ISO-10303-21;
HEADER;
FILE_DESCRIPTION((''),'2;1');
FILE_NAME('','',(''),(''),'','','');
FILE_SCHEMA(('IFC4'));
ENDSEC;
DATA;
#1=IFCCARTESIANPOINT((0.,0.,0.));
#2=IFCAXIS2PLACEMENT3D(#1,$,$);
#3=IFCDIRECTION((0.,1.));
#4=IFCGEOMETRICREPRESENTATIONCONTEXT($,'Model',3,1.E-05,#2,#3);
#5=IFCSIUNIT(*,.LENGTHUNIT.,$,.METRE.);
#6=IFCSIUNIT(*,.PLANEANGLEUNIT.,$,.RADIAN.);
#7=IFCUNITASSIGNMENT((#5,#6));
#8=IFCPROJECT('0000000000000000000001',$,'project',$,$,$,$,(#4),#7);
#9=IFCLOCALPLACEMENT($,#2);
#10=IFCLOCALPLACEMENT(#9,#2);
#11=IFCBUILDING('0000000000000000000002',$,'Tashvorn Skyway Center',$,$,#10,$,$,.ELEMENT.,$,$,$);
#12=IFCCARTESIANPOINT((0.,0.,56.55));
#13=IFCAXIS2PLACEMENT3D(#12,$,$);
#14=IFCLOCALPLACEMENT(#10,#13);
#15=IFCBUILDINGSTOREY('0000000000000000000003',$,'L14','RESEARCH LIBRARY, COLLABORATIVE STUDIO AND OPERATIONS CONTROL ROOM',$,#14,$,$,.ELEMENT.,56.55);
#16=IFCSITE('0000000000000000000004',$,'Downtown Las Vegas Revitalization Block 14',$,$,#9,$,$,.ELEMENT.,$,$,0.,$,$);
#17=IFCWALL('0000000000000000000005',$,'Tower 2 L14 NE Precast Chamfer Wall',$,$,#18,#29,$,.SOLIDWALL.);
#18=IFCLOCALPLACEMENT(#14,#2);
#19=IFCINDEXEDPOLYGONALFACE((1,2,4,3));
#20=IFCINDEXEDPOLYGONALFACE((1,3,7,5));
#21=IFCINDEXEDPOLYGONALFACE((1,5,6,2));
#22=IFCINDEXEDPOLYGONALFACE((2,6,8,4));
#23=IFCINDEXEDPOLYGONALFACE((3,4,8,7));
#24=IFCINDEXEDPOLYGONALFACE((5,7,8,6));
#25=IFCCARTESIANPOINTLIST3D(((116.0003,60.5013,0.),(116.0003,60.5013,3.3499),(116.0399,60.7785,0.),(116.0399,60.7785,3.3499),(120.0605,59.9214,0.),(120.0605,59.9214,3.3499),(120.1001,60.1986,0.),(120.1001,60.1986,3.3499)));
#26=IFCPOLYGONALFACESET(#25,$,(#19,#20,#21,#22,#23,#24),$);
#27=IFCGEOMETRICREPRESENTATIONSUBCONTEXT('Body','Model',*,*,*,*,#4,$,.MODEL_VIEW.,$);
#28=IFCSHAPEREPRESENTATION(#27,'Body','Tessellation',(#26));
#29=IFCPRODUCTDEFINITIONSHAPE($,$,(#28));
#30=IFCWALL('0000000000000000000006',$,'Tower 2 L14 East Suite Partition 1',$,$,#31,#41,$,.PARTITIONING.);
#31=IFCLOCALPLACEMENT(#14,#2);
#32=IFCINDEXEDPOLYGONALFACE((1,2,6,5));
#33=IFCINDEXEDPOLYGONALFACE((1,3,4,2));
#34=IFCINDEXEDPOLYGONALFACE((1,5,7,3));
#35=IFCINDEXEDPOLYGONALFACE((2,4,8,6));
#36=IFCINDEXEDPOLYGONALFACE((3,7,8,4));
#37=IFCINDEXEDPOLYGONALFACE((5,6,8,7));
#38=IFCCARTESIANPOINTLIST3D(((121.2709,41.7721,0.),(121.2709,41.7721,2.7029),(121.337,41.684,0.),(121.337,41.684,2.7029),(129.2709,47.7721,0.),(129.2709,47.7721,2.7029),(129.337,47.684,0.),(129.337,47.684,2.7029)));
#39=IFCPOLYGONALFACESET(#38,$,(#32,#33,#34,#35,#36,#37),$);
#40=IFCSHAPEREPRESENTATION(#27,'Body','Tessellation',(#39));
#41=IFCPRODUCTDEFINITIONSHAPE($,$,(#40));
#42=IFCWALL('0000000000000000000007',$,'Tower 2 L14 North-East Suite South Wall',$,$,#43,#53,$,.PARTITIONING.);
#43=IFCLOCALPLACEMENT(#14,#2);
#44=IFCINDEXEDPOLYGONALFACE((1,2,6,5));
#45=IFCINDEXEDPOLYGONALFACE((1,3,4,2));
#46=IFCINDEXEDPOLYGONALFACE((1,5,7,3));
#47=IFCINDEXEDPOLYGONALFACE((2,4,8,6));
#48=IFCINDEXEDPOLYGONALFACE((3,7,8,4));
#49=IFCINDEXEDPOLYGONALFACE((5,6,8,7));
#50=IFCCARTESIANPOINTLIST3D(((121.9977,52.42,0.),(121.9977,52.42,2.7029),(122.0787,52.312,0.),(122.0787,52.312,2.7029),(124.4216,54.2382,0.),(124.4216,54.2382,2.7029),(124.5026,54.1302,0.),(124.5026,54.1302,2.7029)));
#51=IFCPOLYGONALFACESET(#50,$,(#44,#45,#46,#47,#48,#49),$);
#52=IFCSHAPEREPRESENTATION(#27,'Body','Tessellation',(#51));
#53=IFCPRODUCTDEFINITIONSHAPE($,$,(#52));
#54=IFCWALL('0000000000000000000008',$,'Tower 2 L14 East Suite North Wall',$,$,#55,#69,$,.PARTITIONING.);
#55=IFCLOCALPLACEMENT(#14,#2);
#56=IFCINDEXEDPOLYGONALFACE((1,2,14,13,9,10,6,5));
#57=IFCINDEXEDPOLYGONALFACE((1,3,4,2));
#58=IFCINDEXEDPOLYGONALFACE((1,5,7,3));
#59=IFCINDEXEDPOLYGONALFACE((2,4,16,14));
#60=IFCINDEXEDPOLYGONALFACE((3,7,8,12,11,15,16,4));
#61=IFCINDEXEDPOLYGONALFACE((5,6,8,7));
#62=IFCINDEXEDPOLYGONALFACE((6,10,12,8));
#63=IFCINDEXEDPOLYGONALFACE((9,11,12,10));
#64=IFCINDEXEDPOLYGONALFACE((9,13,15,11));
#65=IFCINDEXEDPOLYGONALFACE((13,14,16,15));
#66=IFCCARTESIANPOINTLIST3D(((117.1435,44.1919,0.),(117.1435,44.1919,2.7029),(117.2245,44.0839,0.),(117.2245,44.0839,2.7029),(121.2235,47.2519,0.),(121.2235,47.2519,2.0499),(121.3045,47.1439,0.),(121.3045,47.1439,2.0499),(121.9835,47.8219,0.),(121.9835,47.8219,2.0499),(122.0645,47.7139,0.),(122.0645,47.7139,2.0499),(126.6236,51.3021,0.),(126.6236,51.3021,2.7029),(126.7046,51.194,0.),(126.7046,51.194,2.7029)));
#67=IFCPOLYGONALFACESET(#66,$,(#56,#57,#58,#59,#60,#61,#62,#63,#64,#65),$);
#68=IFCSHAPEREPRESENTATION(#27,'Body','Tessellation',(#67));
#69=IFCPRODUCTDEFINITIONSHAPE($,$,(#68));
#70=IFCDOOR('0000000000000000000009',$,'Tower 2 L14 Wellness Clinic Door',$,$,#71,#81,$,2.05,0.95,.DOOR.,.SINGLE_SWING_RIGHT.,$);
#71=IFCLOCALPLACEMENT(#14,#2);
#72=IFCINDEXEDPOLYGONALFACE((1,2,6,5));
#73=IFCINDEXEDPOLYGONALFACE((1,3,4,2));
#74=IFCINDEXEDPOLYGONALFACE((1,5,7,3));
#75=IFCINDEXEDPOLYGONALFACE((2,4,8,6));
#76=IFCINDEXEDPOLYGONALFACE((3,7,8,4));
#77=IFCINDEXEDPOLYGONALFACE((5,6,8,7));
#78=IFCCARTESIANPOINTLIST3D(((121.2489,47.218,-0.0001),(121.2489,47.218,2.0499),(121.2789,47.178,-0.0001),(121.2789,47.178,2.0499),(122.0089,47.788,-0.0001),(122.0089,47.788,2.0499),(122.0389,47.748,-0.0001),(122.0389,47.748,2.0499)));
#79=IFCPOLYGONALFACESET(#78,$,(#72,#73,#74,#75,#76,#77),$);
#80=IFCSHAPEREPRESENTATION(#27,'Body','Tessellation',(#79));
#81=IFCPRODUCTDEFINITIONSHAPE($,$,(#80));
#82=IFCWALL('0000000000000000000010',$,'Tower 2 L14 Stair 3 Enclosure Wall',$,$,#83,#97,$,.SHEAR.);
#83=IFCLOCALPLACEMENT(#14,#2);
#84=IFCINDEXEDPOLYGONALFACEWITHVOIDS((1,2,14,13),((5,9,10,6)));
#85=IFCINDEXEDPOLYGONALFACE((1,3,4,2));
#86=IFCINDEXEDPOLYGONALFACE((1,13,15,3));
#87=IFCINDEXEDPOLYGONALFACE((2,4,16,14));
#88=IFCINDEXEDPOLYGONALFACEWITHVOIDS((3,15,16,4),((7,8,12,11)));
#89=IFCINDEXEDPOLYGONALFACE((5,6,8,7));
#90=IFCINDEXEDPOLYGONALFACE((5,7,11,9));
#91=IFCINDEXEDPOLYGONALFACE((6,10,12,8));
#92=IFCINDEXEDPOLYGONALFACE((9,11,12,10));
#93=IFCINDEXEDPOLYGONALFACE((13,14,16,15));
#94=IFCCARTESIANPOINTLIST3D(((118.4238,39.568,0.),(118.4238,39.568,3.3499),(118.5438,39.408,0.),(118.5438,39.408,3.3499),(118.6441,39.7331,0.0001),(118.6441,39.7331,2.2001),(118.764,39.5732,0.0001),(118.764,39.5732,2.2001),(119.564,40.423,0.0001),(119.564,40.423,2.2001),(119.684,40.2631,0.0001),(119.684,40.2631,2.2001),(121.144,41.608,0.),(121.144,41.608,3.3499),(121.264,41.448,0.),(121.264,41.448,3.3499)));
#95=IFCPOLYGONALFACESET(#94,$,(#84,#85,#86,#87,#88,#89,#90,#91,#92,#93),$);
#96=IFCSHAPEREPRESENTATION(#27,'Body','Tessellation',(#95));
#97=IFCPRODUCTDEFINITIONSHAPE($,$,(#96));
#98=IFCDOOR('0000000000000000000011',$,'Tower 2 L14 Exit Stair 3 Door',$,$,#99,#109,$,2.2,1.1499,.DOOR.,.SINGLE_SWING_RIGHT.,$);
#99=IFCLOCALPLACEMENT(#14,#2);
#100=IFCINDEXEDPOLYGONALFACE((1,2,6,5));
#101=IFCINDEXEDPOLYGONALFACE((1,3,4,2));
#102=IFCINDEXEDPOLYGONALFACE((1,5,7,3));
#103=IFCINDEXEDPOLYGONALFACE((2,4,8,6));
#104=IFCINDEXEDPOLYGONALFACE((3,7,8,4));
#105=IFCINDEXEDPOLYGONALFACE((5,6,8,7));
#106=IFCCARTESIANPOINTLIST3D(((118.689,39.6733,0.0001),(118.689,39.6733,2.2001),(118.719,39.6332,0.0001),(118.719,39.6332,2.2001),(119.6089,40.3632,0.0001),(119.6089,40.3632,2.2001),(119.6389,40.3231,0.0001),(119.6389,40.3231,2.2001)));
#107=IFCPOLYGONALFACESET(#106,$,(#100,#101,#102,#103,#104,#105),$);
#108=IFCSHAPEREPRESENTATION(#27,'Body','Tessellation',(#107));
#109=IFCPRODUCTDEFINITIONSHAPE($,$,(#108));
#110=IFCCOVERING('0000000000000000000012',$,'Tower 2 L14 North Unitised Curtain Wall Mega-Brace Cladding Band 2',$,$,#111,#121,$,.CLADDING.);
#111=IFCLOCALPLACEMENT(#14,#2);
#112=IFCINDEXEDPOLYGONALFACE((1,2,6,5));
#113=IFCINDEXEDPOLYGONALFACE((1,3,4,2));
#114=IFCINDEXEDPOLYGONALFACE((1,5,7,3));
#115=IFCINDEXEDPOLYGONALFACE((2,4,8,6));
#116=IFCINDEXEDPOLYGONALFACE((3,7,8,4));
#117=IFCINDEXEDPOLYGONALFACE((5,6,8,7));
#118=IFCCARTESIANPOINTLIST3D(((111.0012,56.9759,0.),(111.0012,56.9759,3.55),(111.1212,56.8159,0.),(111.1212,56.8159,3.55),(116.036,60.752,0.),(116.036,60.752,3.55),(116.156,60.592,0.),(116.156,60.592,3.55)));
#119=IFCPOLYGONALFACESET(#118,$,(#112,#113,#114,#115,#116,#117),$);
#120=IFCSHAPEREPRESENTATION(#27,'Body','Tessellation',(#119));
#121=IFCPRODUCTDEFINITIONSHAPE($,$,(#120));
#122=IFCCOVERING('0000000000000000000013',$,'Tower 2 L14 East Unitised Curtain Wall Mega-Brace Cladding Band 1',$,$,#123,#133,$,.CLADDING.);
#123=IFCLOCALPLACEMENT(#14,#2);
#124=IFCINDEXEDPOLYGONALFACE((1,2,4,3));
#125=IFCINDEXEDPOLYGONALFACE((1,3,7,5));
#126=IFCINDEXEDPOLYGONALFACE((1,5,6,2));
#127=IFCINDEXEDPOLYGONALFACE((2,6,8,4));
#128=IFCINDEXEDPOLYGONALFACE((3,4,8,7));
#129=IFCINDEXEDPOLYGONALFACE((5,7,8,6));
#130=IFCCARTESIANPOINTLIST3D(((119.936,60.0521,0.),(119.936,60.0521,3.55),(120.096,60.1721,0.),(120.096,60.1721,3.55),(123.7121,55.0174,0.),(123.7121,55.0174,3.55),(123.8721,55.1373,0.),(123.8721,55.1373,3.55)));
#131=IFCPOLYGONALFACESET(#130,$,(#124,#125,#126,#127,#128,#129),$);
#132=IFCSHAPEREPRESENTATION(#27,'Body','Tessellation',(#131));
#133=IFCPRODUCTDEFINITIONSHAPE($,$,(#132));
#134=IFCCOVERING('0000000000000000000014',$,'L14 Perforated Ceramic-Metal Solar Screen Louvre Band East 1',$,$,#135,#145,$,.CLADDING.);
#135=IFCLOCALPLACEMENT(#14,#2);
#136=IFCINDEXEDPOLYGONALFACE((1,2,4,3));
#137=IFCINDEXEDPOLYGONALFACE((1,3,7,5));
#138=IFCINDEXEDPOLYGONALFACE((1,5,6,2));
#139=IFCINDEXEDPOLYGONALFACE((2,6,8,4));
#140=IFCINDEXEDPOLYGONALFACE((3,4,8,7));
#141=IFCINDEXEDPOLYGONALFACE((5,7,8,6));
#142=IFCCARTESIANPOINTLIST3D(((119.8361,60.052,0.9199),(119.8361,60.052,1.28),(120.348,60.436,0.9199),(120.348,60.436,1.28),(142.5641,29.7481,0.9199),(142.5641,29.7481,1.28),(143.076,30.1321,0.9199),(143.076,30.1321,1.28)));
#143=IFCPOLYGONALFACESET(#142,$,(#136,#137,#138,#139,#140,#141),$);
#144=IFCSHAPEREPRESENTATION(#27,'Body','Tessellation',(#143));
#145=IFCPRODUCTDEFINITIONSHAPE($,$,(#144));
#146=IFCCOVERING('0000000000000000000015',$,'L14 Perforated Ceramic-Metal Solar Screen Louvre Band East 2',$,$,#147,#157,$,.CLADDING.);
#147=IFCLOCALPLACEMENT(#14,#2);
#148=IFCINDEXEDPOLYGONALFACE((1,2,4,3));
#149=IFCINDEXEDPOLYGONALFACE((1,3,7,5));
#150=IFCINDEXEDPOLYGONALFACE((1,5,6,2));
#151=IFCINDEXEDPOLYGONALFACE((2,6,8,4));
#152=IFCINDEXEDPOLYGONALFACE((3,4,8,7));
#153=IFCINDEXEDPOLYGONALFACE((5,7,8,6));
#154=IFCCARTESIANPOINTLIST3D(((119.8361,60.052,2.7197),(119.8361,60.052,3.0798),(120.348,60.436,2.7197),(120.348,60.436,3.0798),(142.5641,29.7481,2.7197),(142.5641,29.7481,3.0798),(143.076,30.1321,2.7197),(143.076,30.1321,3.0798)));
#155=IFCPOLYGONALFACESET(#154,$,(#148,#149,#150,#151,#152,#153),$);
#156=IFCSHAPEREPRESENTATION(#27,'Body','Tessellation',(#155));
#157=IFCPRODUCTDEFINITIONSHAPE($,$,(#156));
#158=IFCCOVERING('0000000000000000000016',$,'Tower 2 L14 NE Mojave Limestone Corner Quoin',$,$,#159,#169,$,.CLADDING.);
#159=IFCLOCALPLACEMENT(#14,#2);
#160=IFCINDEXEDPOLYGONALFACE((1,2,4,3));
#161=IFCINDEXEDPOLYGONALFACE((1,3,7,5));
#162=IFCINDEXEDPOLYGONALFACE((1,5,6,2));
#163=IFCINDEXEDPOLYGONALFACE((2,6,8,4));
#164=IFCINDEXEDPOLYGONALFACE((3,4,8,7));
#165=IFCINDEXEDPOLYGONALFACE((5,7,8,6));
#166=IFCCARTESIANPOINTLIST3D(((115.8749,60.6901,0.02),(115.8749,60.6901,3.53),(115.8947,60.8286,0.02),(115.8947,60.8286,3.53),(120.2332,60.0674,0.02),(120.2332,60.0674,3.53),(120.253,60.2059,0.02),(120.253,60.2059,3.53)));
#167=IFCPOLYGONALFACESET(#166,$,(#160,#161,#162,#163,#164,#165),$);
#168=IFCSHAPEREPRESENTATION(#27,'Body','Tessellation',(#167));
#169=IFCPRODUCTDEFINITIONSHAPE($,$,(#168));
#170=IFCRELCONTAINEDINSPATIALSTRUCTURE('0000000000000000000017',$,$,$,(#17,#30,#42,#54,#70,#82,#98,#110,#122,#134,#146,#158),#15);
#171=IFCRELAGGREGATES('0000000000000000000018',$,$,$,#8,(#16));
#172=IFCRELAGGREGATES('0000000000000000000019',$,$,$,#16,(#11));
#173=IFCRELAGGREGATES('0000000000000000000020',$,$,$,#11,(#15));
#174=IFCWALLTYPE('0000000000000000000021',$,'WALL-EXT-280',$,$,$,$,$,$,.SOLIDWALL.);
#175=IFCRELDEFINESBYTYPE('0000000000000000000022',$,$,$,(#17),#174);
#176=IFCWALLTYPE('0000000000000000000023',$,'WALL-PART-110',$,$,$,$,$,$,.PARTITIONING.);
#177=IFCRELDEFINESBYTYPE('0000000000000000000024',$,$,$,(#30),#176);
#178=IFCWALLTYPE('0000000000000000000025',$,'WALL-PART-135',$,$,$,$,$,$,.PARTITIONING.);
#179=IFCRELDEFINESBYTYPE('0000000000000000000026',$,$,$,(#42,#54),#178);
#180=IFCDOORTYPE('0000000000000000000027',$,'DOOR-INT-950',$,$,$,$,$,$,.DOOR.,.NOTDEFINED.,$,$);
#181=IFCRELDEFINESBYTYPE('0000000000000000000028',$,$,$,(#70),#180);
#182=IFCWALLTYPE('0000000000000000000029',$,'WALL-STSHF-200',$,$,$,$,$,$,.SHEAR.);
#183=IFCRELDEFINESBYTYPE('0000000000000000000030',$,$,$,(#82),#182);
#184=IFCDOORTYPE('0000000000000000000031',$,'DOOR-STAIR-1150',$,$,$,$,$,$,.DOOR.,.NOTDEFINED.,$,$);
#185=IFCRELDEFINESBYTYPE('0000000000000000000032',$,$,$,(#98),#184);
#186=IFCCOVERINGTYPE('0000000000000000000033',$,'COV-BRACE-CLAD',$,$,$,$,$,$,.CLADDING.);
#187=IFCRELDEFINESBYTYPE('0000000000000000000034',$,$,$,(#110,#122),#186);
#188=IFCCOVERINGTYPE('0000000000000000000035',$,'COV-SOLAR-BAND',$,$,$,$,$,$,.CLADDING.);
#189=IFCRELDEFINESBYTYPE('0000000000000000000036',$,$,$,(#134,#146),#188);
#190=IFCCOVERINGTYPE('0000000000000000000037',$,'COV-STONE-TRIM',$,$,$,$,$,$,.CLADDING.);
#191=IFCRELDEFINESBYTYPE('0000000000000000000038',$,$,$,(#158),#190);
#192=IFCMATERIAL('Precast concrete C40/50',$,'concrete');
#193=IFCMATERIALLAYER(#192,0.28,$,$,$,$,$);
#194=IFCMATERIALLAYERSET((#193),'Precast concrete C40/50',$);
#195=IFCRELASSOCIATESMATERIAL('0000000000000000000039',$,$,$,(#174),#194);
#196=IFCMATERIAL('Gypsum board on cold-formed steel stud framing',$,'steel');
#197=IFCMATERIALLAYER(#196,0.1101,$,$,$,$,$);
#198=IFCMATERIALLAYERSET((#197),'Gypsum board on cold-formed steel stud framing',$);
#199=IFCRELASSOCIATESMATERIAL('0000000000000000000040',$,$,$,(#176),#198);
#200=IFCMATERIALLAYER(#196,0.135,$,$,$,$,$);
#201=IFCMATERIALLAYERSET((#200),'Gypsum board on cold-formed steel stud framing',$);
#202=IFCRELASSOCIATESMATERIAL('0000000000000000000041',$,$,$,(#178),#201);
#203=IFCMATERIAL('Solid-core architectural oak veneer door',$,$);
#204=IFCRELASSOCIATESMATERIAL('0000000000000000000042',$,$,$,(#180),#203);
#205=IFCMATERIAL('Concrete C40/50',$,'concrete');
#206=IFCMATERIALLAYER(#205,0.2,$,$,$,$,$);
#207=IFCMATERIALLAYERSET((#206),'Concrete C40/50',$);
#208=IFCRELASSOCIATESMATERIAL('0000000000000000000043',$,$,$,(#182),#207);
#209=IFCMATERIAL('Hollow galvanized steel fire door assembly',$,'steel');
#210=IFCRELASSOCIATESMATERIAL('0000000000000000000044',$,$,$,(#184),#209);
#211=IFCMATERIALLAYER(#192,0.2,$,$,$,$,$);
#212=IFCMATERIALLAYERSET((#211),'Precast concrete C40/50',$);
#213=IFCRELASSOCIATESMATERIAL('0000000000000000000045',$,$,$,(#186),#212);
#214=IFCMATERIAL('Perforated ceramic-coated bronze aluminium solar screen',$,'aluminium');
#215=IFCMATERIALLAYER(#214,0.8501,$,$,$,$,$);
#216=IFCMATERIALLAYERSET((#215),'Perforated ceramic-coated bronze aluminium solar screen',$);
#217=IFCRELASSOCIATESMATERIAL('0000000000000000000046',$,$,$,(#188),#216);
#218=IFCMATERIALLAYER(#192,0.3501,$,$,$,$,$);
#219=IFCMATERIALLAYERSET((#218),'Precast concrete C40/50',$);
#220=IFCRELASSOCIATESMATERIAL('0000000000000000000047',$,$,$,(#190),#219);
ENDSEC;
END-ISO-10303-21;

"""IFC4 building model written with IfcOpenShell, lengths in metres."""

from ifc_helpers import new_model, si_unit, direction, frame, frame_2d, origin, origin_2d, place, context, subcontext, project, spatial, rectangle, extrude, material, layer, layer_set, type_object, element, fill, save


model = new_model("IFC4")

# Units and contexts
model_context = context("Model", 3, precision=1e-05, world=origin(), true_north=direction((0.0, 1.0)))
body_context = subcontext(model_context, "Body", "Model", "MODEL_VIEW")
ifc_project = project(units=[si_unit("LENGTHUNIT", "METRE"), si_unit("PLANEANGLEUNIT", "RADIAN")], contexts=[model_context])

# Site, building, storey
site_placement = place(None, origin())
site = spatial("IfcSite", under=ifc_project, at=site_placement, Name="Downtown Las Vegas Revitalization Block 14", CompositionType="ELEMENT", RefElevation=0.0)
building_placement = place(site_placement, origin())
building = spatial("IfcBuilding", under=site, at=building_placement, Name="Tashvorn Skyway Center", CompositionType="ELEMENT")
storey_placement = place(building_placement, frame((0.0, 0.0, 56.55)))
storey = spatial("IfcBuildingStorey", under=building, at=storey_placement, Name="L14", Description="RESEARCH LIBRARY, COLLABORATIVE STUDIO AND OPERATIONS CONTROL ROOM", CompositionType="ELEMENT", Elevation=56.55)

# Walls
ifc_material_1 = material(Name="Precast concrete C40/50", Category="concrete")
ifc_layer_1 = layer(ifc_material_1, 0.28)
ifc_layer_set_1 = layer_set([ifc_layer_1], Name="Precast concrete C40/50")
wall_type_1 = type_object("IfcWallType", Name="WALL-EXT-280", PredefinedType="SOLIDWALL", material=ifc_layer_set_1)
wall_1_placement = place(storey_placement, frame((116.02, 60.6399, 0.0), z_axis=(0.0, 0.0, 1.0), x_axis=(0.989955, -0.14138, 0.0)))
element("IfcWall", 1, at=wall_1_placement, inside=storey, type_object=wall_type_1, Name="Tower 2 L14 NE Precast Chamfer Wall", PredefinedType="SOLIDWALL", context=body_context, shape_type="SweptSolid", body=[
    extrude(rectangle(XDim=4.1013, YDim=0.28, at=frame_2d((2.0508, 0.0))), origin(), (0.0, 0.0, 1.0), 3.3499),
])
ifc_material_2 = material(Name="Gypsum board on cold-formed steel stud framing", Category="steel")
ifc_layer_2 = layer(ifc_material_2, 0.1101)
ifc_layer_set_2 = layer_set([ifc_layer_2], Name="Gypsum board on cold-formed steel stud framing")
wall_type_2 = type_object("IfcWallType", Name="WALL-PART-110", PredefinedType="PARTITIONING", material=ifc_layer_set_2)
wall_2_placement = place(storey_placement, frame((129.304, 47.728, 0.0), z_axis=(0.0, 0.0, 1.0), x_axis=(-0.8, -0.6, 0.0)))
element("IfcWall", 2, at=wall_2_placement, inside=storey, type_object=wall_type_2, Name="Tower 2 L14 East Suite Partition 1", PredefinedType="PARTITIONING", context=body_context, shape_type="SweptSolid", body=[
    extrude(rectangle(XDim=10.0, YDim=0.1101, at=frame_2d((5.0, 0.0))), origin(), (0.0, 0.0, 1.0), 2.7029),
])
ifc_layer_3 = layer(ifc_material_2, 0.135)
ifc_layer_set_3 = layer_set([ifc_layer_3], Name="Gypsum board on cold-formed steel stud framing")
wall_type_3 = type_object("IfcWallType", Name="WALL-PART-135", PredefinedType="PARTITIONING", material=ifc_layer_set_3)
wall_3_placement = place(storey_placement, frame((122.0381, 52.366, 0.0), z_axis=(0.0, 0.0, 1.0), x_axis=(0.799961, 0.600052, 0.0)))
element("IfcWall", 3, at=wall_3_placement, inside=storey, type_object=wall_type_3, Name="Tower 2 L14 North-East Suite South Wall", PredefinedType="PARTITIONING", context=body_context, shape_type="SweptSolid", body=[
    extrude(rectangle(XDim=3.03, YDim=0.135, at=frame_2d((1.5151, 0.0))), origin(), (0.0, 0.0, 1.0), 2.7029),
])

# Walls, openings, doors
wall_4_placement = place(storey_placement, frame((126.6641, 51.248, 0.0), z_axis=(0.0, 0.0, 1.0), x_axis=(-0.799995, -0.600007, 0.0)))
wall_4 = element("IfcWall", 4, at=wall_4_placement, inside=storey, type_object=wall_type_3, Name="Tower 2 L14 East Suite North Wall", PredefinedType="PARTITIONING", context=body_context, shape_type="SweptSolid", body=[
    extrude(rectangle(XDim=11.8501, YDim=0.135, at=frame_2d((5.925, 0.0))), origin(), (0.0, 0.0, 1.0), 2.7029),
])
opening_1_placement = place(wall_4_placement, frame((5.8, 0.0, 0.0)))
opening_1 = element("IfcOpeningElement", 5, at=opening_1_placement, cuts=wall_4, PredefinedType="OPENING", context=body_context, shape_type="SweptSolid", body=[
    extrude(rectangle(XDim=0.95, YDim=2.05, at=frame_2d((0.4751, 1.0249))), frame((0.0, 0.0774, 0.0), z_axis=(0.0, -1.0, 0.0), x_axis=(1.0, 0.0, 0.0)), (0.0, 0.0, 1.0), 0.155),
])
ifc_material_3 = material(Name="Solid-core architectural oak veneer door")
door_type_1 = type_object("IfcDoorType", Name="DOOR-INT-950", OperationType="NOTDEFINED", PredefinedType="DOOR", material=ifc_material_3)
door_1_placement = place(opening_1_placement, origin())
door_1 = element("IfcDoor", 6, at=door_1_placement, inside=storey, type_object=door_type_1, Name="Tower 2 L14 Wellness Clinic Door", OperationType="SINGLE_SWING_RIGHT", OverallHeight=2.05, OverallWidth=0.95, PredefinedType="DOOR", context=body_context, shape_type="SweptSolid", body=[
    extrude(rectangle(XDim=0.95, YDim=2.05, at=frame_2d((0.4751, 1.0249))), frame((0.0, 0.0249, 0.0), z_axis=(0.0, -1.0, 0.0), x_axis=(1.0, 0.0, 0.0)), (0.0, 0.0, 1.0), 0.05),
])
fill(opening_1, door_1)
ifc_material_4 = material(Name="Concrete C40/50", Category="concrete")
ifc_layer_4 = layer(ifc_material_4, 0.2)
ifc_layer_set_4 = layer_set([ifc_layer_4], Name="Concrete C40/50")
wall_type_4 = type_object("IfcWallType", Name="WALL-STSHF-200", PredefinedType="SHEAR", material=ifc_layer_set_4)
wall_5_placement = place(storey_placement, frame((121.2041, 41.5281, 0.0), z_axis=(0.0, 0.0, 1.0), x_axis=(-0.800017, -0.599977, 0.0)))
wall_5 = element("IfcWall", 7, at=wall_5_placement, inside=storey, type_object=wall_type_4, Name="Tower 2 L14 Stair 3 Enclosure Wall", PredefinedType="SHEAR", context=body_context, shape_type="SweptSolid", body=[
    extrude(rectangle(XDim=3.4001, YDim=0.2, at=frame_2d((1.7002, 0.0))), origin(), (0.0, 0.0, 1.0), 3.3499),
])
opening_2_placement = place(wall_5_placement, frame((1.9751, 0.0, 0.0)))
opening_2 = element("IfcOpeningElement", 8, at=opening_2_placement, cuts=wall_5, PredefinedType="OPENING", context=body_context, shape_type="SweptSolid", body=[
    extrude(rectangle(XDim=1.1499, YDim=2.2, at=frame_2d((0.575, 1.1001))), frame((0.0, 0.1099, 0.0), z_axis=(0.0, -1.0, 0.0), x_axis=(1.0, 0.0, 0.0)), (0.0, 0.0, 1.0), 0.22),
])
ifc_material_5 = material(Name="Hollow galvanized steel fire door assembly", Category="steel")
door_type_2 = type_object("IfcDoorType", Name="DOOR-STAIR-1150", OperationType="NOTDEFINED", PredefinedType="DOOR", material=ifc_material_5)
door_2_placement = place(opening_2_placement, origin())
door_2 = element("IfcDoor", 9, at=door_2_placement, inside=storey, type_object=door_type_2, Name="Tower 2 L14 Exit Stair 3 Door", OperationType="SINGLE_SWING_RIGHT", OverallHeight=2.2, OverallWidth=1.1499, PredefinedType="DOOR", context=body_context, shape_type="SweptSolid", body=[
    extrude(rectangle(XDim=1.1499, YDim=2.2, at=frame_2d((0.575, 1.1001))), frame((0.0, 0.0249, 0.0), z_axis=(0.0, -1.0, 0.0), x_axis=(1.0, 0.0, 0.0)), (0.0, 0.0, 1.0), 0.05),
])
fill(opening_2, door_2)

# Coverings
ifc_layer_5 = layer(ifc_material_1, 0.2)
ifc_layer_set_5 = layer_set([ifc_layer_5], Name="Precast concrete C40/50")
covering_type_1 = type_object("IfcCoveringType", Name="COV-BRACE-CLAD", PredefinedType="CLADDING", material=ifc_layer_set_5)
for number, where, z_axis, x_axis, name in (
    (10, (113.5786, 58.7839, 0.0), (0.0, 0.0, 1.0), (0.8, 0.6, 0.0), "Tower 2 L14 North Unitised Curtain Wall Mega-Brace Cladding Band 2"),
    (11, (121.9041, 57.5947, 0.0), (0.0, 0.0, 1.0), (0.6, -0.8, 0.0), "Tower 2 L14 East Unitised Curtain Wall Mega-Brace Cladding Band 1"),
):
    element("IfcCovering", number, at=place(storey_placement, frame(where, z_axis=z_axis, x_axis=x_axis)), inside=storey, type_object=covering_type_1, Name=name, PredefinedType="CLADDING", context=body_context, shape_type="SweptSolid", body=[
        extrude(rectangle(XDim=6.2935, YDim=0.2, at=origin_2d()), origin(), (0.0, 0.0, 1.0), 3.55),
    ])
ifc_material_6 = material(Name="Perforated ceramic-coated bronze aluminium solar screen", Category="aluminium")
ifc_layer_6 = layer(ifc_material_6, 0.8501)
ifc_layer_set_6 = layer_set([ifc_layer_6], Name="Perforated ceramic-coated bronze aluminium solar screen")
covering_type_2 = type_object("IfcCoveringType", Name="COV-SOLAR-BAND", PredefinedType="CLADDING", material=ifc_layer_set_6)
for number, where, z_axis, x_axis, name in (
    (12, (131.4561, 45.092, 0.9199), (0.0, 0.0, 1.0), (0.6, -0.8, 0.0), "L14 Perforated Ceramic-Metal Solar Screen Louvre Band East 1"),
    (13, (131.4561, 45.092, 2.7197), (0.0, 0.0, 1.0), (0.6, -0.8, 0.0), "L14 Perforated Ceramic-Metal Solar Screen Louvre Band East 2"),
):
    element("IfcCovering", number, at=place(storey_placement, frame(where, z_axis=z_axis, x_axis=x_axis)), inside=storey, type_object=covering_type_2, Name=name, PredefinedType="CLADDING", context=body_context, shape_type="SweptSolid", body=[
        extrude(rectangle(XDim=37.8799, YDim=0.6399, at=origin_2d()), origin(), (0.0, 0.0, 1.0), 0.3601),
    ])
ifc_layer_7 = layer(ifc_material_1, 0.3501)
ifc_layer_set_7 = layer_set([ifc_layer_7], Name="Precast concrete C40/50")
covering_type_3 = type_object("IfcCoveringType", Name="COV-STONE-TRIM", PredefinedType="CLADDING", material=ifc_layer_set_7)
covering_placement = place(storey_placement, frame((118.064, 60.448, 0.02), z_axis=(0.0, 0.0, 1.0), x_axis=(0.989949, -0.141421, 0.0)))
element("IfcCovering", 14, at=covering_placement, inside=storey, type_object=covering_type_3, Name="Tower 2 L14 NE Mojave Limestone Corner Quoin", PredefinedType="CLADDING", context=body_context, shape_type="SweptSolid", body=[
    extrude(rectangle(XDim=4.4026, YDim=0.1399, at=origin_2d()), origin(), (0.0, 0.0, 1.0), 3.51),
])

save(model, "model.ifc")
